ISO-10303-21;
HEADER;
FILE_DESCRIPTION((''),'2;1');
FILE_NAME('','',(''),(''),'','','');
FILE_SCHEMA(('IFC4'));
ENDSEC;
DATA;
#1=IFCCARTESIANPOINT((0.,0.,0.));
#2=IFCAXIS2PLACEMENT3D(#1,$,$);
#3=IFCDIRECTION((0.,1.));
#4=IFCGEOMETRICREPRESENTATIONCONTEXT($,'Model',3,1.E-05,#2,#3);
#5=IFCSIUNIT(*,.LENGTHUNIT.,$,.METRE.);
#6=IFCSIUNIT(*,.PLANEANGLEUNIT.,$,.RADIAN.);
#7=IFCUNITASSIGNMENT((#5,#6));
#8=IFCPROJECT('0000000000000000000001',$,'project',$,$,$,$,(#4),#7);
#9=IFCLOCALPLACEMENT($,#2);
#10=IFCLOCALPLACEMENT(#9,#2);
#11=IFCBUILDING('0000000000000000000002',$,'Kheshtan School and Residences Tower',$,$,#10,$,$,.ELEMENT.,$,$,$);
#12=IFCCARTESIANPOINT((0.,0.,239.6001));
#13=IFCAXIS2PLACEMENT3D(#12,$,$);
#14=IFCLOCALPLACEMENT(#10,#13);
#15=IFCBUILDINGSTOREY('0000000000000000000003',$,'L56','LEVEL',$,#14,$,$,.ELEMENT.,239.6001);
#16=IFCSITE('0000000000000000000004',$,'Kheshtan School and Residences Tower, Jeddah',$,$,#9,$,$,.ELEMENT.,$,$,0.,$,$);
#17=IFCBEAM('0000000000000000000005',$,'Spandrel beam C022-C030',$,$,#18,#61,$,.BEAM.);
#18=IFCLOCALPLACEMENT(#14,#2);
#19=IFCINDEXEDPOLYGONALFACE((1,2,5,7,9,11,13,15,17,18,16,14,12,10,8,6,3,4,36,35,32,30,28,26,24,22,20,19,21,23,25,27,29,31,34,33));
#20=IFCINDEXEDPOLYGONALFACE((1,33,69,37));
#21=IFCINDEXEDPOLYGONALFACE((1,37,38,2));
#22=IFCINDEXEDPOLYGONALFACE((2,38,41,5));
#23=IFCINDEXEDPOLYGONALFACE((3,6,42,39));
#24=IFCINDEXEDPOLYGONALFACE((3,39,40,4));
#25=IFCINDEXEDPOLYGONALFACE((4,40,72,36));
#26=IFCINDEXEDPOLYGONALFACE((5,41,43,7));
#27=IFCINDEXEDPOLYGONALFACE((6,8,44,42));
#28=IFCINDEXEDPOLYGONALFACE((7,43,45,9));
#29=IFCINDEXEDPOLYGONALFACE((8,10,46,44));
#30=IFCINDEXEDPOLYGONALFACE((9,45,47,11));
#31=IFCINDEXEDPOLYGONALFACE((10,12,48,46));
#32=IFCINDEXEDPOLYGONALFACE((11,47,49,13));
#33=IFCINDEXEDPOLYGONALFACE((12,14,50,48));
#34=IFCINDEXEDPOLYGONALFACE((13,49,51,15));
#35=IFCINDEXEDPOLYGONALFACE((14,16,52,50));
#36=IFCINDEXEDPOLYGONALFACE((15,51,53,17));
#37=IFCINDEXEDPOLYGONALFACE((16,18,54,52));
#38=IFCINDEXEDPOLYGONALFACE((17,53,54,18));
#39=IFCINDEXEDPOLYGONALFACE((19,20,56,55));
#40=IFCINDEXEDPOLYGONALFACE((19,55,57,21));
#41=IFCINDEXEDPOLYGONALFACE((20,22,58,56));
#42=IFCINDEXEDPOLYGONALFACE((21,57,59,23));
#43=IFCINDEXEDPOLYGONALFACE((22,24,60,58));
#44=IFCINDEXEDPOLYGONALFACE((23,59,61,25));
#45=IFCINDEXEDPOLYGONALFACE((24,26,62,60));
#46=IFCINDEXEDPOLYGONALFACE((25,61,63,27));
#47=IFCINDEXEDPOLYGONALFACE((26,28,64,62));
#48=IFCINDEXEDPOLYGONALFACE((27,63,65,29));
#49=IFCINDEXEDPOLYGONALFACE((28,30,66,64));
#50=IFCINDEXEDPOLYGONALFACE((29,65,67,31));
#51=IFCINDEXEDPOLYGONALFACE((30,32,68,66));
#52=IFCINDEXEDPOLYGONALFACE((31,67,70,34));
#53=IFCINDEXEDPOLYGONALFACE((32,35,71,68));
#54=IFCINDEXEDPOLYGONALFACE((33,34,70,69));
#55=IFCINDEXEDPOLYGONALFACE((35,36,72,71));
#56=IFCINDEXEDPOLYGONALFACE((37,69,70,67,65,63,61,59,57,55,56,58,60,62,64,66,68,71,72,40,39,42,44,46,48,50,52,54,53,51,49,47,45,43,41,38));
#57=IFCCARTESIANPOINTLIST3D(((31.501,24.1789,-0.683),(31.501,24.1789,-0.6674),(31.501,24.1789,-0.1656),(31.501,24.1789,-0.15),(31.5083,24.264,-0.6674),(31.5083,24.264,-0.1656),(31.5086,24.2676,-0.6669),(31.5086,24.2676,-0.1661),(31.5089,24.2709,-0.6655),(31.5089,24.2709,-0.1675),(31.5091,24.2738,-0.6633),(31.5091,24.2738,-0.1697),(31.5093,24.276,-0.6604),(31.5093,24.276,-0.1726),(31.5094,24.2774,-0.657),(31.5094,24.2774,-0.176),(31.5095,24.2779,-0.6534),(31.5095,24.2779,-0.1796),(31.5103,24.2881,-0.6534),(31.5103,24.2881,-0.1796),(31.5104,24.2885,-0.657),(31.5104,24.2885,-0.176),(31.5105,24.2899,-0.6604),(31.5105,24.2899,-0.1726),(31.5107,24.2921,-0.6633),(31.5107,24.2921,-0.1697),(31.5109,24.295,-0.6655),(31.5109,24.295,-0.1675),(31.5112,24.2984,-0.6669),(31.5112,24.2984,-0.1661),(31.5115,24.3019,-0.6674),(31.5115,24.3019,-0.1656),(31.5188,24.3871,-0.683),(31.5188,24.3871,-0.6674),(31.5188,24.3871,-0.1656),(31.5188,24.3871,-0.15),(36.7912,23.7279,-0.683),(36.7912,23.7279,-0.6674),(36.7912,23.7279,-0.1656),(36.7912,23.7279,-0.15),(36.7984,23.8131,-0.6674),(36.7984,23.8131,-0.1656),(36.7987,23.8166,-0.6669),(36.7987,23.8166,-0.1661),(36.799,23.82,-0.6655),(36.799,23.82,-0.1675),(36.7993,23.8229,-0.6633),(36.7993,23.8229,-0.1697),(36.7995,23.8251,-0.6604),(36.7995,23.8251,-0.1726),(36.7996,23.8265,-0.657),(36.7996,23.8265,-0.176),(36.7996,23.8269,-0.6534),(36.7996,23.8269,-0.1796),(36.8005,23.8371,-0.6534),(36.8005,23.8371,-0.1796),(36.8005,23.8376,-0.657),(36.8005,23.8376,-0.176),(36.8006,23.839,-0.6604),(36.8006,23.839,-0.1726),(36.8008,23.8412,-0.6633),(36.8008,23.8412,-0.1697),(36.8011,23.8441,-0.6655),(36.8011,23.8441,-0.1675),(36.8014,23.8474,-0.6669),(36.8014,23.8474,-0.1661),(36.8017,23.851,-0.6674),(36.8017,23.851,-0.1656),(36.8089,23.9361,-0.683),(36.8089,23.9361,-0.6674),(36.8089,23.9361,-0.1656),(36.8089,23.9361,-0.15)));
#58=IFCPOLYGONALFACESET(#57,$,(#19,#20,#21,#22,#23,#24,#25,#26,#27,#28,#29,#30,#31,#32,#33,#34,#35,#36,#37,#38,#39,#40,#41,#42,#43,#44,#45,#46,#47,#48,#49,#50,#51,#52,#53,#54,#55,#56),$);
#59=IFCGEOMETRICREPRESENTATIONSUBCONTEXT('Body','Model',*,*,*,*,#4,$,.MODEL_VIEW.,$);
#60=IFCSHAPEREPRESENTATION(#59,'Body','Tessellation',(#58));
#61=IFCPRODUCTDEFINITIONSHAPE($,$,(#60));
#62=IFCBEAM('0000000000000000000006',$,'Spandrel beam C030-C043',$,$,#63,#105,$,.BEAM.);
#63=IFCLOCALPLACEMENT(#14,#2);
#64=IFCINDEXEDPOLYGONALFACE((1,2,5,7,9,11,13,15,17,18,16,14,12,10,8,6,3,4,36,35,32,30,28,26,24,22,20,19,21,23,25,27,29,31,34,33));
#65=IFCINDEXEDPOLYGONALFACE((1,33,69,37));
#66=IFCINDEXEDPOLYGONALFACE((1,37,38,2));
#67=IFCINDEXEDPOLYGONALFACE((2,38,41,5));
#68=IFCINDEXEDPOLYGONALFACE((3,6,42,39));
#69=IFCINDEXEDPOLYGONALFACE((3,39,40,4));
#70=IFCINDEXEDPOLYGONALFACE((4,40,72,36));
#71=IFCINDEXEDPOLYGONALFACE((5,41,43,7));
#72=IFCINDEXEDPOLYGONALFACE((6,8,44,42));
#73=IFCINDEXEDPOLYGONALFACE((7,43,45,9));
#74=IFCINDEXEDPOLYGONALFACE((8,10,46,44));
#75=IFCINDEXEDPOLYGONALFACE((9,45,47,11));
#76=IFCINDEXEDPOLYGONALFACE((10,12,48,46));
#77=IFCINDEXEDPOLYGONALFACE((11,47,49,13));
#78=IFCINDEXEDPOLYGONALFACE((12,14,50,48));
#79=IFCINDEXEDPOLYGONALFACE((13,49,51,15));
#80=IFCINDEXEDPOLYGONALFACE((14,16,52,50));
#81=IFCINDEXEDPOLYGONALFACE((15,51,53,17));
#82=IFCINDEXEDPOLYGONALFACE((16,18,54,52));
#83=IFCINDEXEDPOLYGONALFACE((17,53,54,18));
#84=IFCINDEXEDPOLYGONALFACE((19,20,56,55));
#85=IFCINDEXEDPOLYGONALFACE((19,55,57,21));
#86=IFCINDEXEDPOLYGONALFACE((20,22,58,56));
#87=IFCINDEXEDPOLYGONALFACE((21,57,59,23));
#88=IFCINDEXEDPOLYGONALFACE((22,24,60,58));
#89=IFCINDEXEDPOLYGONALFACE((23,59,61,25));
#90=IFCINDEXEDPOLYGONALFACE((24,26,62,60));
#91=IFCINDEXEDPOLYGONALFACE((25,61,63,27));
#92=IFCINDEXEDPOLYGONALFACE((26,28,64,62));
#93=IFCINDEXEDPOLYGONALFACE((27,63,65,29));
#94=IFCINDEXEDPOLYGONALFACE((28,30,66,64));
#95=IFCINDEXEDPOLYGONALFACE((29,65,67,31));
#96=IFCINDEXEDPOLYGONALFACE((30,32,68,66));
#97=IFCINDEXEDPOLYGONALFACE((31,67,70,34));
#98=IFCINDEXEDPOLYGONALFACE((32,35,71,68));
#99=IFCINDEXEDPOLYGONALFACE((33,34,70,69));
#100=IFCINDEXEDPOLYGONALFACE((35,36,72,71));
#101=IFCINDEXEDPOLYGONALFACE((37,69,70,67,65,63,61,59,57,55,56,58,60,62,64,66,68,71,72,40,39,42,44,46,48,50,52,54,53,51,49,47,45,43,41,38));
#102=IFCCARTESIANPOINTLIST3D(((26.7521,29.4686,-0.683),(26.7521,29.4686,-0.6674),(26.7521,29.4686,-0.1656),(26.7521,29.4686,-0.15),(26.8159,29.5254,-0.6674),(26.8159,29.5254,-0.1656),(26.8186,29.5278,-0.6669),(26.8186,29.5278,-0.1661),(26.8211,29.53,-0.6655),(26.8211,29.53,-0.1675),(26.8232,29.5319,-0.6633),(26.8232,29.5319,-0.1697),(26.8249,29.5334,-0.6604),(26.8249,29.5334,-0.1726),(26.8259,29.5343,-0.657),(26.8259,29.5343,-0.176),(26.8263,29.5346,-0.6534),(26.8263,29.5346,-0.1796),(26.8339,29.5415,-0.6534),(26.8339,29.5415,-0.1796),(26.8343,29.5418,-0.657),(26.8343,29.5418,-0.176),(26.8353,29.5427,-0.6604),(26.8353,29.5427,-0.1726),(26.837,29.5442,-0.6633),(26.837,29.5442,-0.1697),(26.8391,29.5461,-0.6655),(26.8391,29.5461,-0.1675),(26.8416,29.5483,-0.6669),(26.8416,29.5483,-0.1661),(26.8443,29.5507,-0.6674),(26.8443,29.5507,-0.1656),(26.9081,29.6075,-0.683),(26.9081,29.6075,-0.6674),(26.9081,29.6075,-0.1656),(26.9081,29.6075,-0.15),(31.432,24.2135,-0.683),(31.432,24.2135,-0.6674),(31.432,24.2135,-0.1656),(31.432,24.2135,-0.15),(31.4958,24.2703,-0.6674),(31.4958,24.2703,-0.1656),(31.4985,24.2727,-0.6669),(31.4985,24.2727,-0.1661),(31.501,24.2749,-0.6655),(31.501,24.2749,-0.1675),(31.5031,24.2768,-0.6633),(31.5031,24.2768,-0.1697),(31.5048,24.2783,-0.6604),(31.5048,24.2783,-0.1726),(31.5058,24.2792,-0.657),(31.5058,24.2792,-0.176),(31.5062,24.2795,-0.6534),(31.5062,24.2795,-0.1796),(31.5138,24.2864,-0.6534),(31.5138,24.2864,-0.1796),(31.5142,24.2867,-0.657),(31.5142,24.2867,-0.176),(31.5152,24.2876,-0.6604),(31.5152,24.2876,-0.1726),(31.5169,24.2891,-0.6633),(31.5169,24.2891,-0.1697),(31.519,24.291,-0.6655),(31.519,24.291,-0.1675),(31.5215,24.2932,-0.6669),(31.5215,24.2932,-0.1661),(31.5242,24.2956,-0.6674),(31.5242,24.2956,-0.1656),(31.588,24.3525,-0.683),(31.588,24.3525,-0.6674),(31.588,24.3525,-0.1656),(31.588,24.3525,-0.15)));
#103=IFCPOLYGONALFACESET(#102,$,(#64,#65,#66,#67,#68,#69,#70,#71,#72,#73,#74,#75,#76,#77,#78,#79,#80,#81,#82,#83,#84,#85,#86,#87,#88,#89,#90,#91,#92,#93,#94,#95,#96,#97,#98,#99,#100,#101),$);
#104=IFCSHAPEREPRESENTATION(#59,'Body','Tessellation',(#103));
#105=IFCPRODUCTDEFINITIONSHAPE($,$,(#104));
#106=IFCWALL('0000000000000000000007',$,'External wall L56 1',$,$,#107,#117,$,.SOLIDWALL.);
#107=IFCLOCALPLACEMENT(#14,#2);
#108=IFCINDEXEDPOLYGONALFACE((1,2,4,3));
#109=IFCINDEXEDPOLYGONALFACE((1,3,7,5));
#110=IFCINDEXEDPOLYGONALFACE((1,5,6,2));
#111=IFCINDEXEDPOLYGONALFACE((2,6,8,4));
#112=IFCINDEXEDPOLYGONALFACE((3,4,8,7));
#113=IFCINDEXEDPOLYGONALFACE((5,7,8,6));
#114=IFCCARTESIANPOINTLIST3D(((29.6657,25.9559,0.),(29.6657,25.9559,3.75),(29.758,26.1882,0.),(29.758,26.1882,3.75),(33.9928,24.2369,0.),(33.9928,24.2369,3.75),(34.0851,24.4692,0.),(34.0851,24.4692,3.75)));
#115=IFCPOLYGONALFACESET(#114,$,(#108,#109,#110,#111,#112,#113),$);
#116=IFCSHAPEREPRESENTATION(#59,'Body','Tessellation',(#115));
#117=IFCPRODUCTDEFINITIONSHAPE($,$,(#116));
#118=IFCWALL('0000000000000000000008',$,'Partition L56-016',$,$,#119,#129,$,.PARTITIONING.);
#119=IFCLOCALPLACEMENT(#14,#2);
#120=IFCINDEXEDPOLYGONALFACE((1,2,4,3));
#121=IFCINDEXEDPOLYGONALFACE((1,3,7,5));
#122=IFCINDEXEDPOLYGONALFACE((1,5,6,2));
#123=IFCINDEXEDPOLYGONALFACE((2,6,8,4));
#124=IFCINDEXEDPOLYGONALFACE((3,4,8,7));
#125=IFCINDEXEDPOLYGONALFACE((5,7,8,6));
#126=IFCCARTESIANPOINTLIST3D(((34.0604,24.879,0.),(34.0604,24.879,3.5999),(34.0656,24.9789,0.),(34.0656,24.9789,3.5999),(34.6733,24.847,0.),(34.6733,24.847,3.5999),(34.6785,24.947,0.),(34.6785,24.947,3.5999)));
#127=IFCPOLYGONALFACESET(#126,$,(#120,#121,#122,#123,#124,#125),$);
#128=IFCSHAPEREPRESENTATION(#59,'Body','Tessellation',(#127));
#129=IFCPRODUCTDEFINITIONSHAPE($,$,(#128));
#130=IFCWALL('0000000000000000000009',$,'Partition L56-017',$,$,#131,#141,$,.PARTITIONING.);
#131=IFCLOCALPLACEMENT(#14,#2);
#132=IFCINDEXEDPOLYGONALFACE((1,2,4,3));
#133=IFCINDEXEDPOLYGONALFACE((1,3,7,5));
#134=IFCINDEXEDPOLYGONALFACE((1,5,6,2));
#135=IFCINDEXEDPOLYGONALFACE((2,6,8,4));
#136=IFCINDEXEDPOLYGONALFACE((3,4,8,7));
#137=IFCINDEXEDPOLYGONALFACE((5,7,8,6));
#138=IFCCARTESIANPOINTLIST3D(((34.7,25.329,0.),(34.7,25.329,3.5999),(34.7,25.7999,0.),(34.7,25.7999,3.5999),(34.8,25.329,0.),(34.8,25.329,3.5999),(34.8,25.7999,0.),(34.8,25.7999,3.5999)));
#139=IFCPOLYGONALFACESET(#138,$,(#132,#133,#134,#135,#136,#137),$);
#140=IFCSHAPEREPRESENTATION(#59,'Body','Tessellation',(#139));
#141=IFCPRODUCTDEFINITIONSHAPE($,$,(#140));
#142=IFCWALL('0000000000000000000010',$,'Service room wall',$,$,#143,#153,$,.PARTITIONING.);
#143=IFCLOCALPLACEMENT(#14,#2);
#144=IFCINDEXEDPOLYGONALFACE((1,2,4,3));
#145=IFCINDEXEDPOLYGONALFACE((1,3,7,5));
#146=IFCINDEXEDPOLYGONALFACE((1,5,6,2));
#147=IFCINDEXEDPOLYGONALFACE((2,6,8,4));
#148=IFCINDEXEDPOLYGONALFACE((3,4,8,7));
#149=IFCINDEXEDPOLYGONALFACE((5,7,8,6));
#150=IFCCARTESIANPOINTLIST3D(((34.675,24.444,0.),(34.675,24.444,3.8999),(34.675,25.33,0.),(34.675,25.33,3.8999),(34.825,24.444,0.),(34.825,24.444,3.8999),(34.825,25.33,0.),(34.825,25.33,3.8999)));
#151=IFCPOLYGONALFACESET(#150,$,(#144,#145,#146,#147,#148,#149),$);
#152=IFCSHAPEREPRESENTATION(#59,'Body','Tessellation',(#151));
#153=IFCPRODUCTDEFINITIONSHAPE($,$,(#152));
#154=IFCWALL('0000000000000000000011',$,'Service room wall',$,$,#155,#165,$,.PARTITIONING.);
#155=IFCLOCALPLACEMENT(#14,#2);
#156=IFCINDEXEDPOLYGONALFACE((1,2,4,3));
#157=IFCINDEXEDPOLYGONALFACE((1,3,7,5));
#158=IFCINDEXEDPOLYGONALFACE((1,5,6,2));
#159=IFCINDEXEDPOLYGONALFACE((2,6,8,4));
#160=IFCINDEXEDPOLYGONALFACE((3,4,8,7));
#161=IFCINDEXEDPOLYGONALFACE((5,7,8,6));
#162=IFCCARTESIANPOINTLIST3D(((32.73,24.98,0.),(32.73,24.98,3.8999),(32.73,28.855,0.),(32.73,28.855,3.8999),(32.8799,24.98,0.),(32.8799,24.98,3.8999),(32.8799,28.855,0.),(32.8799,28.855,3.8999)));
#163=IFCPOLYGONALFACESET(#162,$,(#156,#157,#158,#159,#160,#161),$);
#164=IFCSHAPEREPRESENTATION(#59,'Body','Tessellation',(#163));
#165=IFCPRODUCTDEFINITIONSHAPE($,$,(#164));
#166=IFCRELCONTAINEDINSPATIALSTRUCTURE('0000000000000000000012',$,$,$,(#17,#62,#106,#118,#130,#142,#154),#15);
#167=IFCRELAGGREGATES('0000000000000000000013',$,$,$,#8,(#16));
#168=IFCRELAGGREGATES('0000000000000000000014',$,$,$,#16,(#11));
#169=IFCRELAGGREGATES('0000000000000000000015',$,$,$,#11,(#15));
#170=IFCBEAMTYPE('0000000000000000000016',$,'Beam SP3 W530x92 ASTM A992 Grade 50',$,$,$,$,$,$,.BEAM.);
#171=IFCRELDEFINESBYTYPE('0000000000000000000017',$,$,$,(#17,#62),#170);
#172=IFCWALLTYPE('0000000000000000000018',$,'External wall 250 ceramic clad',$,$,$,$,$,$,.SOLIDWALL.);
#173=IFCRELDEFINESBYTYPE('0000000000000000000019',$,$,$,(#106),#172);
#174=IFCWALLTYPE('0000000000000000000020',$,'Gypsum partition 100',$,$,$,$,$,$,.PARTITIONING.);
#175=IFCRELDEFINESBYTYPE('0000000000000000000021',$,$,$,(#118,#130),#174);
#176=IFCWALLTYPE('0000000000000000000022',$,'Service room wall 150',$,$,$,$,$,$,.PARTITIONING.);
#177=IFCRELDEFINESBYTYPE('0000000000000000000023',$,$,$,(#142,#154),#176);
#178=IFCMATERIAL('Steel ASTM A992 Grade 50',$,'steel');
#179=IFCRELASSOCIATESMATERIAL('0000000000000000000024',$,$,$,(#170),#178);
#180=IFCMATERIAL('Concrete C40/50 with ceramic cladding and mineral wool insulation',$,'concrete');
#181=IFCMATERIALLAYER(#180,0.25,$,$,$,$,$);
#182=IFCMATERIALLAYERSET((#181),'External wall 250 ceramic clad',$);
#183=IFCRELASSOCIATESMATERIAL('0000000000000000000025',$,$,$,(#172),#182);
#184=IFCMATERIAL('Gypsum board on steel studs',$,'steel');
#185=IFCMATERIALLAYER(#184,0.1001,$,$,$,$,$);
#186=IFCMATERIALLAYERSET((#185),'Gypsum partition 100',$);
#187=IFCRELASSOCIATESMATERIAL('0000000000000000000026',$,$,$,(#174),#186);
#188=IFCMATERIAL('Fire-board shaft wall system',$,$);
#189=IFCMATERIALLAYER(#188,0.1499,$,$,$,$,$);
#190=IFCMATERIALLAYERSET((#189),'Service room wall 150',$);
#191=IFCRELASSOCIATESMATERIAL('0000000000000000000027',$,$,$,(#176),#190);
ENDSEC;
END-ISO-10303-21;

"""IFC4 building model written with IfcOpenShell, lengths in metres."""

from ifc_helpers import new_model, si_unit, direction, frame, frame_2d, origin, origin_2d, place, context, subcontext, project, spatial, rectangle, i_section, extrude, material, layer, layer_set, material_profile, profile_set, type_object, element, save


model = new_model("IFC4")

# Units and contexts
model_context = context("Model", 3, precision=1e-05, world=origin(), true_north=direction((0.0, 1.0)))
body_context = subcontext(model_context, "Body", "Model", "MODEL_VIEW")
ifc_project = project(units=[si_unit("LENGTHUNIT", "METRE"), si_unit("PLANEANGLEUNIT", "RADIAN")], contexts=[model_context])

# Site, building, storey
site_placement = place(None, origin())
site = spatial("IfcSite", under=ifc_project, at=site_placement, Name="Kheshtan School and Residences Tower, Jeddah", CompositionType="ELEMENT", RefElevation=0.0)
building_placement = place(site_placement, origin())
building = spatial("IfcBuilding", under=site, at=building_placement, Name="Kheshtan School and Residences Tower", CompositionType="ELEMENT")
storey_placement = place(building_placement, frame((0.0, 0.0, 239.6001)))
storey = spatial("IfcBuildingStorey", under=building, at=storey_placement, Name="L56", Description="LEVEL", CompositionType="ELEMENT", Elevation=239.6001)

# Shared definitions
ifc_material_1 = material(Name="Steel ASTM A992 Grade 50", Category="steel")

# Beams
ifc_material_profile_1 = material_profile(ifc_material_1, i_section(OverallWidth=0.209, OverallDepth=0.533, WebThickness=0.0103, FlangeThickness=0.0156, FilletRadius=0.0139, at=origin_2d()), Name="W530x92")
ifc_profile_set_1 = profile_set([ifc_material_profile_1], Name="Steel ASTM A992 Grade 50")
beam_type_1 = type_object("IfcBeamType", Name="Beam SP3 W530x92 ASTM A992 Grade 50", PredefinedType="BEAM", material=ifc_profile_set_1)
beam_1_placement = place(storey_placement, frame((36.8, 23.832, -0.4165), z_axis=(-0.996387, 0.084933, 0.0), x_axis=(-0.084933, -0.996387, 0.0)))
element("IfcBeam", 1, at=beam_1_placement, inside=storey, type_object=beam_type_1, Name="Spandrel beam C022-C030", PredefinedType="BEAM", context=body_context, shape_type="SweptSolid", body=[
    extrude(i_section(OverallWidth=0.209, OverallDepth=0.533, WebThickness=0.0103, FlangeThickness=0.0156, FilletRadius=0.0139, at=origin_2d()), origin(), (0.0, 0.0, 1.0), 5.3093),
])
beam_2_placement = place(storey_placement, frame((31.51, 24.283, -0.4165), z_axis=(-0.665055, 0.746795, 0.0), x_axis=(-0.746795, -0.665055, 0.0)))
element("IfcBeam", 2, at=beam_2_placement, inside=storey, type_object=beam_type_1, Name="Spandrel beam C030-C043", PredefinedType="BEAM", context=body_context, shape_type="SweptSolid", body=[
    extrude(i_section(OverallWidth=0.209, OverallDepth=0.533, WebThickness=0.0103, FlangeThickness=0.0156, FilletRadius=0.0139, at=origin_2d()), origin(), (0.0, 0.0, 1.0), 7.0369),
])

# Walls
ifc_material_2 = material(Name="Concrete C40/50 with ceramic cladding and mineral wool insulation", Category="concrete")
ifc_layer_1 = layer(ifc_material_2, 0.25)
ifc_layer_set_1 = layer_set([ifc_layer_1], Name="External wall 250 ceramic clad")
wall_type_1 = type_object("IfcWallType", Name="External wall 250 ceramic clad", PredefinedType="SOLIDWALL", material=ifc_layer_set_1)
wall_1_placement = place(storey_placement, frame((34.0391, 24.353, 0.0), z_axis=(0.0, 0.0, 1.0), x_axis=(-0.929353, 0.369193, 0.0)))
element("IfcWall", 3, at=wall_1_placement, inside=storey, type_object=wall_type_1, Name="External wall L56 1", PredefinedType="SOLIDWALL", context=body_context, shape_type="SweptSolid", body=[
    extrude(rectangle(XDim=4.656, YDim=0.25, at=frame_2d((2.3281, 0.0))), origin(), (0.0, 0.0, 1.0), 3.75),
])
ifc_material_3 = material(Name="Gypsum board on steel studs", Category="steel")
ifc_layer_2 = layer(ifc_material_3, 0.1001)
ifc_layer_set_2 = layer_set([ifc_layer_2], Name="Gypsum partition 100")
wall_type_2 = type_object("IfcWallType", Name="Gypsum partition 100", PredefinedType="PARTITIONING", material=ifc_layer_set_2)
wall_2_placement = place(storey_placement, frame((34.063, 24.929, 0.0), z_axis=(0.0, 0.0, 1.0), x_axis=(0.998642, -0.0521, 0.0)))
element("IfcWall", 4, at=wall_2_placement, inside=storey, type_object=wall_type_2, Name="Partition L56-016", PredefinedType="PARTITIONING", context=body_context, shape_type="SweptSolid", body=[
    extrude(rectangle(XDim=0.6138, YDim=0.1001, at=frame_2d((0.3069, 0.0))), origin(), (0.0, 0.0, 1.0), 3.5999),
])
wall_3_placement = place(storey_placement, frame((34.75, 25.3291, 0.0), z_axis=(0.0, 0.0, 1.0), x_axis=(0.0, 1.0, 0.0)))
element("IfcWall", 5, at=wall_3_placement, inside=storey, type_object=wall_type_2, Name="Partition L56-017", PredefinedType="PARTITIONING", context=body_context, shape_type="SweptSolid", body=[
    extrude(rectangle(XDim=0.4709, YDim=0.1001, at=frame_2d((0.2354, 0.0))), origin(), (0.0, 0.0, 1.0), 3.5999),
])
ifc_material_4 = material(Name="Fire-board shaft wall system")
ifc_layer_3 = layer(ifc_material_4, 0.1499)
ifc_layer_set_3 = layer_set([ifc_layer_3], Name="Service room wall 150")
wall_type_3 = type_object("IfcWallType", Name="Service room wall 150", PredefinedType="PARTITIONING", material=ifc_layer_set_3)
wall_4_placement = place(storey_placement, frame((34.75, 24.4441, 0.0), z_axis=(0.0, 0.0, 1.0), x_axis=(0.0, 1.0, 0.0)))
element("IfcWall", 6, at=wall_4_placement, inside=storey, type_object=wall_type_3, Name="Service room wall", PredefinedType="PARTITIONING", context=body_context, shape_type="SweptSolid", body=[
    extrude(rectangle(XDim=0.886, YDim=0.1499, at=frame_2d((0.4429, 0.0))), origin(), (0.0, 0.0, 1.0), 3.8999),
])
wall_5_placement = place(storey_placement, frame((32.8049, 24.98, 0.0), z_axis=(0.0, 0.0, 1.0), x_axis=(0.0, 1.0, 0.0)))
element("IfcWall", 7, at=wall_5_placement, inside=storey, type_object=wall_type_3, Name="Service room wall", PredefinedType="PARTITIONING", context=body_context, shape_type="SweptSolid", body=[
    extrude(rectangle(XDim=3.875, YDim=0.1499, at=frame_2d((1.9375, 0.0))), origin(), (0.0, 0.0, 1.0), 3.8999),
])

save(model, "model.ifc")
